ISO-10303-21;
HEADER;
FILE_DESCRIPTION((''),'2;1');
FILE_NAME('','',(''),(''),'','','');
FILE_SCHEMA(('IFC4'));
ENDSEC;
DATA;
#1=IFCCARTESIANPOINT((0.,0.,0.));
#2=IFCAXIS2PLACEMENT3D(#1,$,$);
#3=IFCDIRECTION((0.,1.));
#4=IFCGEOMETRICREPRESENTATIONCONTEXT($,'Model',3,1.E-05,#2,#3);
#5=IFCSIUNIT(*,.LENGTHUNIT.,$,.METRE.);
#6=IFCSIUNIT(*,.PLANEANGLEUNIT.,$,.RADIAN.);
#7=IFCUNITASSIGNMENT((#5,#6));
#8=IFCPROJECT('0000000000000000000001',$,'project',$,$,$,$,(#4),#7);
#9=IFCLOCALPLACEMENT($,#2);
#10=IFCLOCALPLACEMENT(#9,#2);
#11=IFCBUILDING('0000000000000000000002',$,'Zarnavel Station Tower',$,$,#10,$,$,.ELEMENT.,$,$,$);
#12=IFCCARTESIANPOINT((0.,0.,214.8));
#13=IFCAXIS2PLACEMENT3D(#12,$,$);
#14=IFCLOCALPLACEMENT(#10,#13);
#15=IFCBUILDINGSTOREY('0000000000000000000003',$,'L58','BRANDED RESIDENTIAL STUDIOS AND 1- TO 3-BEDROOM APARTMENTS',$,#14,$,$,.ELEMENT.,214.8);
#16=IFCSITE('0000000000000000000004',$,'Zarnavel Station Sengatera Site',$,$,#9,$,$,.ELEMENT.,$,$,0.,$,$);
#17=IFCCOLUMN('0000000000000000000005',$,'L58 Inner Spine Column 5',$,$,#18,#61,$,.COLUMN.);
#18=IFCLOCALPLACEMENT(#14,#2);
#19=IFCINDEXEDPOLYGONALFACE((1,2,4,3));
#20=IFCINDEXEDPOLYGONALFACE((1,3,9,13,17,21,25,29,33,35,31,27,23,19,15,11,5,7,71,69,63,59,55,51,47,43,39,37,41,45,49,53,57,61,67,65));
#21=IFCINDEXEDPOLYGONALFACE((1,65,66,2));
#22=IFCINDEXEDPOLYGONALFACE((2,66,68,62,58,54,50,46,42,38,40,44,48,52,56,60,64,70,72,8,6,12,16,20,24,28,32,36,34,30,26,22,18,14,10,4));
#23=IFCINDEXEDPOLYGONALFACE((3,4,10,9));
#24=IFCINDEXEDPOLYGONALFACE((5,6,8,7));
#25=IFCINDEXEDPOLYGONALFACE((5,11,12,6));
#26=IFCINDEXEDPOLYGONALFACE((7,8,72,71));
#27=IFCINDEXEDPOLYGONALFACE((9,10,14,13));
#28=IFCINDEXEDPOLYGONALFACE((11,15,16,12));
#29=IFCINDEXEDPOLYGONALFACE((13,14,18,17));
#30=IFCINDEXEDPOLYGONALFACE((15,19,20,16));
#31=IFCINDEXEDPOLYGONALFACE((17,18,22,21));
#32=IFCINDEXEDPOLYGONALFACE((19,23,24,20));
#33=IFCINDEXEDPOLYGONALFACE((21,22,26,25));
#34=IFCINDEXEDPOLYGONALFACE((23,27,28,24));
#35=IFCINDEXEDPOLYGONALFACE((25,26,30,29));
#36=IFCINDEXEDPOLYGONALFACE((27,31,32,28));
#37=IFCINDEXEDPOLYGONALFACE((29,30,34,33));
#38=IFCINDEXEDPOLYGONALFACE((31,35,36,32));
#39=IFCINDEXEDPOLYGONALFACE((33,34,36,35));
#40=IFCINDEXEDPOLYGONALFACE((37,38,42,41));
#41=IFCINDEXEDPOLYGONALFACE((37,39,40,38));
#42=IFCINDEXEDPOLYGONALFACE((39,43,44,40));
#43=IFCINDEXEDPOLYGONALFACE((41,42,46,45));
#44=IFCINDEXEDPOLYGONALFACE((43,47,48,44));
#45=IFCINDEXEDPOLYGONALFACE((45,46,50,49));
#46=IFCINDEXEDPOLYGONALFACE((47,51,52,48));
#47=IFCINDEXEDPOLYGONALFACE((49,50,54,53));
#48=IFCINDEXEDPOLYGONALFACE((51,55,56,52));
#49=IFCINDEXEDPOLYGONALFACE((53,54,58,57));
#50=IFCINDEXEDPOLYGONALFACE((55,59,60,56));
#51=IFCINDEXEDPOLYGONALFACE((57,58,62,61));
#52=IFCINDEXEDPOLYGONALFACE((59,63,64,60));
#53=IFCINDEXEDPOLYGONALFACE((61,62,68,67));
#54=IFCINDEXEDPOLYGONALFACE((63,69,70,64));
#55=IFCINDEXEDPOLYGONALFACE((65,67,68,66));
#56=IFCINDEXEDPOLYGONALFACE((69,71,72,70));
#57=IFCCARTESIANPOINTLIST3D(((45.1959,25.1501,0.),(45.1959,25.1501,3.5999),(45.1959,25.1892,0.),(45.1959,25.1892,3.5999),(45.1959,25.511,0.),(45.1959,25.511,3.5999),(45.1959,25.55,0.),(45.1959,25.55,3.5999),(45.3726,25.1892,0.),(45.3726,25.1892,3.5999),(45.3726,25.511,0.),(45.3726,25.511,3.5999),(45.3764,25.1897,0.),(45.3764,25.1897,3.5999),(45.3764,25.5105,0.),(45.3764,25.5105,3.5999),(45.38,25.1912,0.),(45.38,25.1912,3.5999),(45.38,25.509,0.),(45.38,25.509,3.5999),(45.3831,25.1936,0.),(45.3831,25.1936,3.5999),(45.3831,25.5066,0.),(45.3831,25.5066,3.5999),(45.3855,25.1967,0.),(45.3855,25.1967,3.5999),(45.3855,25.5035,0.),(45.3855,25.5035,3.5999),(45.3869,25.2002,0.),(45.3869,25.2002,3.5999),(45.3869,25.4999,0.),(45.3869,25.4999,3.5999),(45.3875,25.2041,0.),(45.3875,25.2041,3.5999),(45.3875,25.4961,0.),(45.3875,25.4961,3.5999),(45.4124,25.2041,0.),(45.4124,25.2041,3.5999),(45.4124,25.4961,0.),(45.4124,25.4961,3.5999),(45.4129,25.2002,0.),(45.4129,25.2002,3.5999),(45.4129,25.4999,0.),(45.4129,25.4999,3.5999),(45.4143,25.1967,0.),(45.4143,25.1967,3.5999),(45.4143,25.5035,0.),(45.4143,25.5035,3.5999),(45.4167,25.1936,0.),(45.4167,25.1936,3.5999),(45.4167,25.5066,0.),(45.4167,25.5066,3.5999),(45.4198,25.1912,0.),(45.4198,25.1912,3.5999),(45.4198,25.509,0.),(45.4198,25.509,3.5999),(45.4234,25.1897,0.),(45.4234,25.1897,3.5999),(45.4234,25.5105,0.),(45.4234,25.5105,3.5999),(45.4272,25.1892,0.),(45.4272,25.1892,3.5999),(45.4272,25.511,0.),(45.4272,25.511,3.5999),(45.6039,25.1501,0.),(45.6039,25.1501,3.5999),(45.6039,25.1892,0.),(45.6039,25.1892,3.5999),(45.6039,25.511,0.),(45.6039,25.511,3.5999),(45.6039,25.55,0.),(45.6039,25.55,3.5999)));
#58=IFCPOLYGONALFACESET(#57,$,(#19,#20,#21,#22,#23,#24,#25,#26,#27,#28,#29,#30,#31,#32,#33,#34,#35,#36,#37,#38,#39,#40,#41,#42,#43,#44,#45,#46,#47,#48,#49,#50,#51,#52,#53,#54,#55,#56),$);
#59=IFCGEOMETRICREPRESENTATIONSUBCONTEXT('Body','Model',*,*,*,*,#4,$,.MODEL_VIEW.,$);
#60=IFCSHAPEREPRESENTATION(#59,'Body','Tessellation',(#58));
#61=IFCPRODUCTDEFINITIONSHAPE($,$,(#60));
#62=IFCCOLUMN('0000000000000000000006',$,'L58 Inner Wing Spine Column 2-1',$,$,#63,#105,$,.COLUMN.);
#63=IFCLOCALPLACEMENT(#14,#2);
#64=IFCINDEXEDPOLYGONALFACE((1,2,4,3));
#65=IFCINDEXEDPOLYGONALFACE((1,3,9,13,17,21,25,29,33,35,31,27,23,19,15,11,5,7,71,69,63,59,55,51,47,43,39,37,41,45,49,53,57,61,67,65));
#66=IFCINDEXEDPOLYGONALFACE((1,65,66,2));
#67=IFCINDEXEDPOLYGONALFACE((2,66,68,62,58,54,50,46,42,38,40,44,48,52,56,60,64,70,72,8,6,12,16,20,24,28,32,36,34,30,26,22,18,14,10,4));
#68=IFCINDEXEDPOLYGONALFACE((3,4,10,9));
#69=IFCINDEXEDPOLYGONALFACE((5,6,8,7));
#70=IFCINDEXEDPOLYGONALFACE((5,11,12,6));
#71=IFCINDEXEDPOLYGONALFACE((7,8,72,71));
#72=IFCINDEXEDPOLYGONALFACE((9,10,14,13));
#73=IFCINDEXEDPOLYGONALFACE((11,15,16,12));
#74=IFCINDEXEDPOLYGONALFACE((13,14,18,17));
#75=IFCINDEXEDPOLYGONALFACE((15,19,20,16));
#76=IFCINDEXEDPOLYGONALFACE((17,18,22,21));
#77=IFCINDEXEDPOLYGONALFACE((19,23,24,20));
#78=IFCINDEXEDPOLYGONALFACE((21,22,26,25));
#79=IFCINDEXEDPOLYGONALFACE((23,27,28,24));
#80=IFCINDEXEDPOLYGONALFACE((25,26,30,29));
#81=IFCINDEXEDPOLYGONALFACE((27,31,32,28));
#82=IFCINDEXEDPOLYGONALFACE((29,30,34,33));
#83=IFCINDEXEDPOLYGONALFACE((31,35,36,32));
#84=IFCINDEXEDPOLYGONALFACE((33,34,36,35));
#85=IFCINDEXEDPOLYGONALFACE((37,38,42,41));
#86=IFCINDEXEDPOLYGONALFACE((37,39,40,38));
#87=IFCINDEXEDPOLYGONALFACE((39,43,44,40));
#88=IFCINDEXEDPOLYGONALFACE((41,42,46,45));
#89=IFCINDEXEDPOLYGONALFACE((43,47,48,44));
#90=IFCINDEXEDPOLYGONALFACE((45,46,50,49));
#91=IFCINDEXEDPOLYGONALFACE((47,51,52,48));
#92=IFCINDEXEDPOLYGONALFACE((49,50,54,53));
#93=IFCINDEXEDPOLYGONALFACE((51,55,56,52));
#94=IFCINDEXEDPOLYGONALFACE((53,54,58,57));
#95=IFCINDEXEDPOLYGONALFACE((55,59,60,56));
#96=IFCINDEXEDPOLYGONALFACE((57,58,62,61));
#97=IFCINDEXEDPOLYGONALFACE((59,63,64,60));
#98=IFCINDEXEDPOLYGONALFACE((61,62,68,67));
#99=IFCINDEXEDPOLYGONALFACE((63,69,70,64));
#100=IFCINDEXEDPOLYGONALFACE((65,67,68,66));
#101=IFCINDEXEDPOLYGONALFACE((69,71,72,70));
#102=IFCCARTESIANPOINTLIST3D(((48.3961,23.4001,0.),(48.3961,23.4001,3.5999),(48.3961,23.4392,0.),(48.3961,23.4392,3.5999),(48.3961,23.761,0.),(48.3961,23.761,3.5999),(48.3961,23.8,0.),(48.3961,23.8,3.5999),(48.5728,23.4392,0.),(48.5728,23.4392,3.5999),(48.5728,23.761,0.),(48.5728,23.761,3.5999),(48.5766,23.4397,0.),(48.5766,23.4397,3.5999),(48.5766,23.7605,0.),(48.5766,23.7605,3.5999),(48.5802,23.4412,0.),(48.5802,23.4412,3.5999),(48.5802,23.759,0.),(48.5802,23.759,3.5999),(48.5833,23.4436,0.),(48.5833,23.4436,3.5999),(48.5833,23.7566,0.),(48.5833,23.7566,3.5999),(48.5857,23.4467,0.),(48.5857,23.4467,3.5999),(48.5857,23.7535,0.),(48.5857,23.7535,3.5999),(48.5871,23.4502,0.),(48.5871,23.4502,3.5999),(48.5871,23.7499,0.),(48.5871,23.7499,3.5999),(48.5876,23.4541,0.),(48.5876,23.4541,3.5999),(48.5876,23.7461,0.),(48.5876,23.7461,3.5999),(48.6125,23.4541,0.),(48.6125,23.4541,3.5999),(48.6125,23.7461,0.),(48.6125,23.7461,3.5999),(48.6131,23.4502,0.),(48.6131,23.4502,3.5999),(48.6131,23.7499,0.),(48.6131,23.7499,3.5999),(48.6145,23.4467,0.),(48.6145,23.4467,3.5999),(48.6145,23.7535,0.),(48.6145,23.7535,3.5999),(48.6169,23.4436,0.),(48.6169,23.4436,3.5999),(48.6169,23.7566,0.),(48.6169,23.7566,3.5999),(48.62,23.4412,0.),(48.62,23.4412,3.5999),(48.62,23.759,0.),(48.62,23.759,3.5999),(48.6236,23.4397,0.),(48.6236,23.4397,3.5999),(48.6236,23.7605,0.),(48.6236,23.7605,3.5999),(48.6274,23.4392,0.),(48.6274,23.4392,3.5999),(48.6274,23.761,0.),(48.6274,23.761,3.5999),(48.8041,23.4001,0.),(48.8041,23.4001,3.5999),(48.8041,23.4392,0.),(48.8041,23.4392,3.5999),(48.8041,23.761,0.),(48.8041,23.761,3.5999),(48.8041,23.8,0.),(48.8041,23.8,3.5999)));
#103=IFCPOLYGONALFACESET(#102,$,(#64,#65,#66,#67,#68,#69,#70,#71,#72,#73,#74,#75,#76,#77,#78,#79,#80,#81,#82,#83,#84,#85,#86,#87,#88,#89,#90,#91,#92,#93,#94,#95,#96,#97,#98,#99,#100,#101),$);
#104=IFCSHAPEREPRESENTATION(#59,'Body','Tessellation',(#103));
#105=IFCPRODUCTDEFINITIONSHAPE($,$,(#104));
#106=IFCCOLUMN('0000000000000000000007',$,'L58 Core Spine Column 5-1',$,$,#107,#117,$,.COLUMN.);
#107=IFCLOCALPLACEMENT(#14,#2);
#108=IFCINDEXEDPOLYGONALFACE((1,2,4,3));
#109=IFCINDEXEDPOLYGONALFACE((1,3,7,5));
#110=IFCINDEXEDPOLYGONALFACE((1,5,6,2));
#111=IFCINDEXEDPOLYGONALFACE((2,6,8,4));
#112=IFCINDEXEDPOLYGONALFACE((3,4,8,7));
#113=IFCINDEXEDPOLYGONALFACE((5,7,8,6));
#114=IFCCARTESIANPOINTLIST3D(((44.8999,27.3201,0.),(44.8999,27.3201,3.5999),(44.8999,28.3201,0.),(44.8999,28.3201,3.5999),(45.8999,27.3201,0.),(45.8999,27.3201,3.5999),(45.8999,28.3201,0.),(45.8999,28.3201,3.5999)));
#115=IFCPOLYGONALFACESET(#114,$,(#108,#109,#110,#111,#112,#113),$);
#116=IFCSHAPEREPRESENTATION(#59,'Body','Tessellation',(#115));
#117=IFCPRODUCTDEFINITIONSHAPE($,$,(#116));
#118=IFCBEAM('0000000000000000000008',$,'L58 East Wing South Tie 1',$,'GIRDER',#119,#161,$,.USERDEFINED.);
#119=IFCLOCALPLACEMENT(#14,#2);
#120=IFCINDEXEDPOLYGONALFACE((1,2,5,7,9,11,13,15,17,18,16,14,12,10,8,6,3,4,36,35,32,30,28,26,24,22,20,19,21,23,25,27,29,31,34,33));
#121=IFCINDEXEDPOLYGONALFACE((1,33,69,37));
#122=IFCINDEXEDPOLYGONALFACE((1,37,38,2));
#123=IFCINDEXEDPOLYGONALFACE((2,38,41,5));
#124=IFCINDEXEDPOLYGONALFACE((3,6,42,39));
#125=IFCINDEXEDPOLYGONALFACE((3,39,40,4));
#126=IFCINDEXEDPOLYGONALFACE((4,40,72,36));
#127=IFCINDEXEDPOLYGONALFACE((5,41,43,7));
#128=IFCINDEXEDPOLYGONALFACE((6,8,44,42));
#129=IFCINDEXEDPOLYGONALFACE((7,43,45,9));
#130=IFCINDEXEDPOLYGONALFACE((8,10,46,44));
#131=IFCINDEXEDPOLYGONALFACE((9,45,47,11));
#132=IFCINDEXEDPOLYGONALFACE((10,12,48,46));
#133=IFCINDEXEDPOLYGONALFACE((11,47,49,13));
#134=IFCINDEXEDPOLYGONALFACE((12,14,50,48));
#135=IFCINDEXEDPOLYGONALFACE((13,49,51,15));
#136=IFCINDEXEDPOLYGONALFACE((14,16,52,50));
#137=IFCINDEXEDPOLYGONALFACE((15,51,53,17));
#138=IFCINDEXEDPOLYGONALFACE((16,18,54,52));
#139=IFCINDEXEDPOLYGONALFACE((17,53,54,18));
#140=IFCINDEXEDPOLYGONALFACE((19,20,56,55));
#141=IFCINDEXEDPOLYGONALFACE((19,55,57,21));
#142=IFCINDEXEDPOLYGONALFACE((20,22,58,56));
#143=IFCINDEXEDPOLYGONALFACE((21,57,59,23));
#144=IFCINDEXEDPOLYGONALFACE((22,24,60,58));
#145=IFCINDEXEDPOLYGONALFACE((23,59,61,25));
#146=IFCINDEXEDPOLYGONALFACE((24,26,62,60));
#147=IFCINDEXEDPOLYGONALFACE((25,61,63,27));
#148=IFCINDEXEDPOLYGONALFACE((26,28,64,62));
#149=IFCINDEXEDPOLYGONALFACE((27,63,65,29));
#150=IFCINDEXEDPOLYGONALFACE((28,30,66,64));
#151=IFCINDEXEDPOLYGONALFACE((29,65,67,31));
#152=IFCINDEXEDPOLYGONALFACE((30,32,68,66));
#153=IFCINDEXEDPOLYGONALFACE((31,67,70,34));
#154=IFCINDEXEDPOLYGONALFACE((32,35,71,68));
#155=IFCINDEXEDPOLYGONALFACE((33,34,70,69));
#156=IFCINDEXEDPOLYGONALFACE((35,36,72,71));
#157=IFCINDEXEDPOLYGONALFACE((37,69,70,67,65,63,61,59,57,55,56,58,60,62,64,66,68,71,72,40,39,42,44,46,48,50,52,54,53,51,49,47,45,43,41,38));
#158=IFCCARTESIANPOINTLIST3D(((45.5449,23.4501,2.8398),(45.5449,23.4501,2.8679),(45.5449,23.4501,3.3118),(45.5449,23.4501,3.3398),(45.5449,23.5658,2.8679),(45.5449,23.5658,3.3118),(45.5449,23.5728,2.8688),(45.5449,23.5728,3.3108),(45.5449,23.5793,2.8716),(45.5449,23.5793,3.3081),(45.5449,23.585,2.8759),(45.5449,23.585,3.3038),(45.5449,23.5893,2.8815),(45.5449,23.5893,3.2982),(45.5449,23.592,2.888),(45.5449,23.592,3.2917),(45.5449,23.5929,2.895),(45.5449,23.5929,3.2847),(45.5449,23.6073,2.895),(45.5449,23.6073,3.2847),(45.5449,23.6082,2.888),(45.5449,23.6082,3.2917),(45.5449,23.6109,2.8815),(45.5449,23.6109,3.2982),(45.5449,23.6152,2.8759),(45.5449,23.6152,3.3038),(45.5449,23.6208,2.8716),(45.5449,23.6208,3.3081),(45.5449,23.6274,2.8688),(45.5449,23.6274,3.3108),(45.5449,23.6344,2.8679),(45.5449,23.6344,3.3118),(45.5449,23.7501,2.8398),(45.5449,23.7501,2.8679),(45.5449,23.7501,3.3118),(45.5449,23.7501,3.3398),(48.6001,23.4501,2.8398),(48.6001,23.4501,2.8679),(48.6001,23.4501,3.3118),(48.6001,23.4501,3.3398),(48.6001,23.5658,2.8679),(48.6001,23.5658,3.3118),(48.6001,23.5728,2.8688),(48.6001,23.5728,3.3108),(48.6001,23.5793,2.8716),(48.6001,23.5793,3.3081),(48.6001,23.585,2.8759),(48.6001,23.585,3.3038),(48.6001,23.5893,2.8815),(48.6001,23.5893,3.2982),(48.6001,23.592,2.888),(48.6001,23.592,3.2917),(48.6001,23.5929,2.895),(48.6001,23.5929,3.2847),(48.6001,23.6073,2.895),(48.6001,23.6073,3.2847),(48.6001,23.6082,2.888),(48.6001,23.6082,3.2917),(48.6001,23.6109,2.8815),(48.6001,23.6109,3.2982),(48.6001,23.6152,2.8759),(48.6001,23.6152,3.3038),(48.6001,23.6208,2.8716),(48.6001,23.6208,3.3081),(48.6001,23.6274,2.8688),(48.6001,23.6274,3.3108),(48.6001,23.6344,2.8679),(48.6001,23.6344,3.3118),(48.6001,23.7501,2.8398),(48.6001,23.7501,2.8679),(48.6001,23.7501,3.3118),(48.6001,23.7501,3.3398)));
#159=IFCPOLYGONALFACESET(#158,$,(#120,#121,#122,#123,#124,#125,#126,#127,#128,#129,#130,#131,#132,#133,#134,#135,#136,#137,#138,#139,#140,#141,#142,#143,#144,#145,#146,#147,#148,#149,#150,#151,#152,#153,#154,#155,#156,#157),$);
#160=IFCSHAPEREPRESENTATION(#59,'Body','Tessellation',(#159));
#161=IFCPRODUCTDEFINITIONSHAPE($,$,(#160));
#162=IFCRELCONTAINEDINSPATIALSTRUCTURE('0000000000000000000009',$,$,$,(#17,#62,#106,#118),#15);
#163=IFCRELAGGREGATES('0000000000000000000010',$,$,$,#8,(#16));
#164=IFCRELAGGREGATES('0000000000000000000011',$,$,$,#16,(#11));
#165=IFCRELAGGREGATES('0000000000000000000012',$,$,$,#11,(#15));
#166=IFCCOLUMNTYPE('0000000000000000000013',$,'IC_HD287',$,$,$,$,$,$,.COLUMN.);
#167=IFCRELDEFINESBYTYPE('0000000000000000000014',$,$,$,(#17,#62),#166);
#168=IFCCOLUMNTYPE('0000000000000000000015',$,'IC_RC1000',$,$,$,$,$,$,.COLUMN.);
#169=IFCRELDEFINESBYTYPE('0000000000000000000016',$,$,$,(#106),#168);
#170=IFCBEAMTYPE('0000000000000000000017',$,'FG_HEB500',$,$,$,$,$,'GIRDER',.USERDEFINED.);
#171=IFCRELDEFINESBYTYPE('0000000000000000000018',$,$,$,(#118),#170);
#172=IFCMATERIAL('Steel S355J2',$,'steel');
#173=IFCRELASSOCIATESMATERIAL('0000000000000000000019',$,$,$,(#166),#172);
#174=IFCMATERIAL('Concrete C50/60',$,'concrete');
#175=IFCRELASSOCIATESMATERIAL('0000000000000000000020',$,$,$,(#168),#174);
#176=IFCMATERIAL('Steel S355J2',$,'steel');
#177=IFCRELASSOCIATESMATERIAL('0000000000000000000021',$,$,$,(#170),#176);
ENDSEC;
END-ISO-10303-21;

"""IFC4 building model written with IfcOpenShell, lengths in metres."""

from ifc_helpers import new_model, si_unit, direction, frame, origin, origin_2d, place, context, subcontext, project, spatial, rectangle, i_section, extrude, material, material_profile, profile_set, type_object, element, save


model = new_model("IFC4")

# Units and contexts
model_context = context("Model", 3, precision=1e-05, world=origin(), true_north=direction((0.0, 1.0)))
body_context = subcontext(model_context, "Body", "Model", "MODEL_VIEW")
ifc_project = project(units=[si_unit("LENGTHUNIT", "METRE"), si_unit("PLANEANGLEUNIT", "RADIAN")], contexts=[model_context])

# Site, building, storey
site_placement = place(None, origin())
site = spatial("IfcSite", under=ifc_project, at=site_placement, Name="Zarnavel Station Sengatera Site", CompositionType="ELEMENT", RefElevation=0.0)
building_placement = place(site_placement, origin())
building = spatial("IfcBuilding", under=site, at=building_placement, Name="Zarnavel Station Tower", CompositionType="ELEMENT")
storey_placement = place(building_placement, frame((0.0, 0.0, 214.8)))
storey = spatial("IfcBuildingStorey", under=building, at=storey_placement, Name="L58", Description="BRANDED RESIDENTIAL STUDIOS AND 1- TO 3-BEDROOM APARTMENTS", CompositionType="ELEMENT", Elevation=214.8)

# Columns
ifc_material_1 = material(Name="Steel S355J2", Category="steel")
ifc_material_profile_1 = material_profile(ifc_material_1, i_section(OverallWidth=0.408, OverallDepth=0.3999, WebThickness=0.0249, FlangeThickness=0.0391, FilletRadius=0.0149, at=origin_2d()), Name="HD400x287")
ifc_profile_set_1 = profile_set([ifc_material_profile_1], Name="Steel S355J2")
column_type_1 = type_object("IfcColumnType", Name="IC_HD287", PredefinedType="COLUMN", material=ifc_profile_set_1)
for number, where, z_axis, x_axis, name in (
    (1, (45.3999, 25.3501, 0.0), (0.0, 0.0, 1.0), (1.0, 0.0, 0.0), "L58 Inner Spine Column 5"),
    (2, (48.6001, 23.6001, 0.0), (0.0, 0.0, 1.0), (1.0, 0.0, 0.0), "L58 Inner Wing Spine Column 2-1"),
):
    element("IfcColumn", number, at=place(storey_placement, frame(where, z_axis=z_axis, x_axis=x_axis)), inside=storey, type_object=column_type_1, Name=name, PredefinedType="COLUMN", context=body_context, shape_type="SweptSolid", body=[
        extrude(i_section(OverallWidth=0.408, OverallDepth=0.3999, WebThickness=0.0249, FlangeThickness=0.0391, FilletRadius=0.0149, at=origin_2d()), origin(), (0.0, 0.0, 1.0), 3.5999),
    ])
ifc_material_2 = material(Name="Concrete C50/60", Category="concrete")
ifc_material_profile_2 = material_profile(ifc_material_2, rectangle(XDim=1.0, YDim=1.0, at=origin_2d()), Name="RC1000x1000")
ifc_profile_set_2 = profile_set([ifc_material_profile_2], Name="Concrete C50/60")
column_type_2 = type_object("IfcColumnType", Name="IC_RC1000", PredefinedType="COLUMN", material=ifc_profile_set_2)
column_placement = place(storey_placement, frame((45.3999, 27.8201, 0.0), z_axis=(0.0, 0.0, 1.0), x_axis=(1.0, 0.0, 0.0)))
element("IfcColumn", 3, at=column_placement, inside=storey, type_object=column_type_2, Name="L58 Core Spine Column 5-1", PredefinedType="COLUMN", context=body_context, shape_type="SweptSolid", body=[
    extrude(rectangle(XDim=1.0, YDim=1.0, at=origin_2d()), origin(), (0.0, 0.0, 1.0), 3.5999),
])

# Beam
ifc_material_3 = material(Name="Steel S355J2", Category="steel")
ifc_material_profile_3 = material_profile(ifc_material_3, i_section(OverallWidth=0.3, OverallDepth=0.5, WebThickness=0.0144, FlangeThickness=0.0281, FilletRadius=0.0271, at=origin_2d()), Name="HEB500")
ifc_profile_set_3 = profile_set([ifc_material_profile_3], Name="Steel S355J2")
beam_type_1 = type_object("IfcBeamType", Name="FG_HEB500", ElementType="GIRDER", PredefinedType="USERDEFINED", material=ifc_profile_set_3)
beam_1_placement = place(storey_placement, frame((45.5449, 23.6001, 3.0898), z_axis=(1.0, 0.0, 0.0), x_axis=(0.0, 1.0, 0.0)))
element("IfcBeam", 4, at=beam_1_placement, inside=storey, type_object=beam_type_1, Name="L58 East Wing South Tie 1", ObjectType="GIRDER", PredefinedType="USERDEFINED", context=body_context, shape_type="SweptSolid", body=[
    extrude(i_section(OverallWidth=0.3, OverallDepth=0.5, WebThickness=0.0144, FlangeThickness=0.0281, FilletRadius=0.0271, at=origin_2d()), origin(), (0.0, 0.0, 1.0), 3.0552),
])

save(model, "model.ifc")
